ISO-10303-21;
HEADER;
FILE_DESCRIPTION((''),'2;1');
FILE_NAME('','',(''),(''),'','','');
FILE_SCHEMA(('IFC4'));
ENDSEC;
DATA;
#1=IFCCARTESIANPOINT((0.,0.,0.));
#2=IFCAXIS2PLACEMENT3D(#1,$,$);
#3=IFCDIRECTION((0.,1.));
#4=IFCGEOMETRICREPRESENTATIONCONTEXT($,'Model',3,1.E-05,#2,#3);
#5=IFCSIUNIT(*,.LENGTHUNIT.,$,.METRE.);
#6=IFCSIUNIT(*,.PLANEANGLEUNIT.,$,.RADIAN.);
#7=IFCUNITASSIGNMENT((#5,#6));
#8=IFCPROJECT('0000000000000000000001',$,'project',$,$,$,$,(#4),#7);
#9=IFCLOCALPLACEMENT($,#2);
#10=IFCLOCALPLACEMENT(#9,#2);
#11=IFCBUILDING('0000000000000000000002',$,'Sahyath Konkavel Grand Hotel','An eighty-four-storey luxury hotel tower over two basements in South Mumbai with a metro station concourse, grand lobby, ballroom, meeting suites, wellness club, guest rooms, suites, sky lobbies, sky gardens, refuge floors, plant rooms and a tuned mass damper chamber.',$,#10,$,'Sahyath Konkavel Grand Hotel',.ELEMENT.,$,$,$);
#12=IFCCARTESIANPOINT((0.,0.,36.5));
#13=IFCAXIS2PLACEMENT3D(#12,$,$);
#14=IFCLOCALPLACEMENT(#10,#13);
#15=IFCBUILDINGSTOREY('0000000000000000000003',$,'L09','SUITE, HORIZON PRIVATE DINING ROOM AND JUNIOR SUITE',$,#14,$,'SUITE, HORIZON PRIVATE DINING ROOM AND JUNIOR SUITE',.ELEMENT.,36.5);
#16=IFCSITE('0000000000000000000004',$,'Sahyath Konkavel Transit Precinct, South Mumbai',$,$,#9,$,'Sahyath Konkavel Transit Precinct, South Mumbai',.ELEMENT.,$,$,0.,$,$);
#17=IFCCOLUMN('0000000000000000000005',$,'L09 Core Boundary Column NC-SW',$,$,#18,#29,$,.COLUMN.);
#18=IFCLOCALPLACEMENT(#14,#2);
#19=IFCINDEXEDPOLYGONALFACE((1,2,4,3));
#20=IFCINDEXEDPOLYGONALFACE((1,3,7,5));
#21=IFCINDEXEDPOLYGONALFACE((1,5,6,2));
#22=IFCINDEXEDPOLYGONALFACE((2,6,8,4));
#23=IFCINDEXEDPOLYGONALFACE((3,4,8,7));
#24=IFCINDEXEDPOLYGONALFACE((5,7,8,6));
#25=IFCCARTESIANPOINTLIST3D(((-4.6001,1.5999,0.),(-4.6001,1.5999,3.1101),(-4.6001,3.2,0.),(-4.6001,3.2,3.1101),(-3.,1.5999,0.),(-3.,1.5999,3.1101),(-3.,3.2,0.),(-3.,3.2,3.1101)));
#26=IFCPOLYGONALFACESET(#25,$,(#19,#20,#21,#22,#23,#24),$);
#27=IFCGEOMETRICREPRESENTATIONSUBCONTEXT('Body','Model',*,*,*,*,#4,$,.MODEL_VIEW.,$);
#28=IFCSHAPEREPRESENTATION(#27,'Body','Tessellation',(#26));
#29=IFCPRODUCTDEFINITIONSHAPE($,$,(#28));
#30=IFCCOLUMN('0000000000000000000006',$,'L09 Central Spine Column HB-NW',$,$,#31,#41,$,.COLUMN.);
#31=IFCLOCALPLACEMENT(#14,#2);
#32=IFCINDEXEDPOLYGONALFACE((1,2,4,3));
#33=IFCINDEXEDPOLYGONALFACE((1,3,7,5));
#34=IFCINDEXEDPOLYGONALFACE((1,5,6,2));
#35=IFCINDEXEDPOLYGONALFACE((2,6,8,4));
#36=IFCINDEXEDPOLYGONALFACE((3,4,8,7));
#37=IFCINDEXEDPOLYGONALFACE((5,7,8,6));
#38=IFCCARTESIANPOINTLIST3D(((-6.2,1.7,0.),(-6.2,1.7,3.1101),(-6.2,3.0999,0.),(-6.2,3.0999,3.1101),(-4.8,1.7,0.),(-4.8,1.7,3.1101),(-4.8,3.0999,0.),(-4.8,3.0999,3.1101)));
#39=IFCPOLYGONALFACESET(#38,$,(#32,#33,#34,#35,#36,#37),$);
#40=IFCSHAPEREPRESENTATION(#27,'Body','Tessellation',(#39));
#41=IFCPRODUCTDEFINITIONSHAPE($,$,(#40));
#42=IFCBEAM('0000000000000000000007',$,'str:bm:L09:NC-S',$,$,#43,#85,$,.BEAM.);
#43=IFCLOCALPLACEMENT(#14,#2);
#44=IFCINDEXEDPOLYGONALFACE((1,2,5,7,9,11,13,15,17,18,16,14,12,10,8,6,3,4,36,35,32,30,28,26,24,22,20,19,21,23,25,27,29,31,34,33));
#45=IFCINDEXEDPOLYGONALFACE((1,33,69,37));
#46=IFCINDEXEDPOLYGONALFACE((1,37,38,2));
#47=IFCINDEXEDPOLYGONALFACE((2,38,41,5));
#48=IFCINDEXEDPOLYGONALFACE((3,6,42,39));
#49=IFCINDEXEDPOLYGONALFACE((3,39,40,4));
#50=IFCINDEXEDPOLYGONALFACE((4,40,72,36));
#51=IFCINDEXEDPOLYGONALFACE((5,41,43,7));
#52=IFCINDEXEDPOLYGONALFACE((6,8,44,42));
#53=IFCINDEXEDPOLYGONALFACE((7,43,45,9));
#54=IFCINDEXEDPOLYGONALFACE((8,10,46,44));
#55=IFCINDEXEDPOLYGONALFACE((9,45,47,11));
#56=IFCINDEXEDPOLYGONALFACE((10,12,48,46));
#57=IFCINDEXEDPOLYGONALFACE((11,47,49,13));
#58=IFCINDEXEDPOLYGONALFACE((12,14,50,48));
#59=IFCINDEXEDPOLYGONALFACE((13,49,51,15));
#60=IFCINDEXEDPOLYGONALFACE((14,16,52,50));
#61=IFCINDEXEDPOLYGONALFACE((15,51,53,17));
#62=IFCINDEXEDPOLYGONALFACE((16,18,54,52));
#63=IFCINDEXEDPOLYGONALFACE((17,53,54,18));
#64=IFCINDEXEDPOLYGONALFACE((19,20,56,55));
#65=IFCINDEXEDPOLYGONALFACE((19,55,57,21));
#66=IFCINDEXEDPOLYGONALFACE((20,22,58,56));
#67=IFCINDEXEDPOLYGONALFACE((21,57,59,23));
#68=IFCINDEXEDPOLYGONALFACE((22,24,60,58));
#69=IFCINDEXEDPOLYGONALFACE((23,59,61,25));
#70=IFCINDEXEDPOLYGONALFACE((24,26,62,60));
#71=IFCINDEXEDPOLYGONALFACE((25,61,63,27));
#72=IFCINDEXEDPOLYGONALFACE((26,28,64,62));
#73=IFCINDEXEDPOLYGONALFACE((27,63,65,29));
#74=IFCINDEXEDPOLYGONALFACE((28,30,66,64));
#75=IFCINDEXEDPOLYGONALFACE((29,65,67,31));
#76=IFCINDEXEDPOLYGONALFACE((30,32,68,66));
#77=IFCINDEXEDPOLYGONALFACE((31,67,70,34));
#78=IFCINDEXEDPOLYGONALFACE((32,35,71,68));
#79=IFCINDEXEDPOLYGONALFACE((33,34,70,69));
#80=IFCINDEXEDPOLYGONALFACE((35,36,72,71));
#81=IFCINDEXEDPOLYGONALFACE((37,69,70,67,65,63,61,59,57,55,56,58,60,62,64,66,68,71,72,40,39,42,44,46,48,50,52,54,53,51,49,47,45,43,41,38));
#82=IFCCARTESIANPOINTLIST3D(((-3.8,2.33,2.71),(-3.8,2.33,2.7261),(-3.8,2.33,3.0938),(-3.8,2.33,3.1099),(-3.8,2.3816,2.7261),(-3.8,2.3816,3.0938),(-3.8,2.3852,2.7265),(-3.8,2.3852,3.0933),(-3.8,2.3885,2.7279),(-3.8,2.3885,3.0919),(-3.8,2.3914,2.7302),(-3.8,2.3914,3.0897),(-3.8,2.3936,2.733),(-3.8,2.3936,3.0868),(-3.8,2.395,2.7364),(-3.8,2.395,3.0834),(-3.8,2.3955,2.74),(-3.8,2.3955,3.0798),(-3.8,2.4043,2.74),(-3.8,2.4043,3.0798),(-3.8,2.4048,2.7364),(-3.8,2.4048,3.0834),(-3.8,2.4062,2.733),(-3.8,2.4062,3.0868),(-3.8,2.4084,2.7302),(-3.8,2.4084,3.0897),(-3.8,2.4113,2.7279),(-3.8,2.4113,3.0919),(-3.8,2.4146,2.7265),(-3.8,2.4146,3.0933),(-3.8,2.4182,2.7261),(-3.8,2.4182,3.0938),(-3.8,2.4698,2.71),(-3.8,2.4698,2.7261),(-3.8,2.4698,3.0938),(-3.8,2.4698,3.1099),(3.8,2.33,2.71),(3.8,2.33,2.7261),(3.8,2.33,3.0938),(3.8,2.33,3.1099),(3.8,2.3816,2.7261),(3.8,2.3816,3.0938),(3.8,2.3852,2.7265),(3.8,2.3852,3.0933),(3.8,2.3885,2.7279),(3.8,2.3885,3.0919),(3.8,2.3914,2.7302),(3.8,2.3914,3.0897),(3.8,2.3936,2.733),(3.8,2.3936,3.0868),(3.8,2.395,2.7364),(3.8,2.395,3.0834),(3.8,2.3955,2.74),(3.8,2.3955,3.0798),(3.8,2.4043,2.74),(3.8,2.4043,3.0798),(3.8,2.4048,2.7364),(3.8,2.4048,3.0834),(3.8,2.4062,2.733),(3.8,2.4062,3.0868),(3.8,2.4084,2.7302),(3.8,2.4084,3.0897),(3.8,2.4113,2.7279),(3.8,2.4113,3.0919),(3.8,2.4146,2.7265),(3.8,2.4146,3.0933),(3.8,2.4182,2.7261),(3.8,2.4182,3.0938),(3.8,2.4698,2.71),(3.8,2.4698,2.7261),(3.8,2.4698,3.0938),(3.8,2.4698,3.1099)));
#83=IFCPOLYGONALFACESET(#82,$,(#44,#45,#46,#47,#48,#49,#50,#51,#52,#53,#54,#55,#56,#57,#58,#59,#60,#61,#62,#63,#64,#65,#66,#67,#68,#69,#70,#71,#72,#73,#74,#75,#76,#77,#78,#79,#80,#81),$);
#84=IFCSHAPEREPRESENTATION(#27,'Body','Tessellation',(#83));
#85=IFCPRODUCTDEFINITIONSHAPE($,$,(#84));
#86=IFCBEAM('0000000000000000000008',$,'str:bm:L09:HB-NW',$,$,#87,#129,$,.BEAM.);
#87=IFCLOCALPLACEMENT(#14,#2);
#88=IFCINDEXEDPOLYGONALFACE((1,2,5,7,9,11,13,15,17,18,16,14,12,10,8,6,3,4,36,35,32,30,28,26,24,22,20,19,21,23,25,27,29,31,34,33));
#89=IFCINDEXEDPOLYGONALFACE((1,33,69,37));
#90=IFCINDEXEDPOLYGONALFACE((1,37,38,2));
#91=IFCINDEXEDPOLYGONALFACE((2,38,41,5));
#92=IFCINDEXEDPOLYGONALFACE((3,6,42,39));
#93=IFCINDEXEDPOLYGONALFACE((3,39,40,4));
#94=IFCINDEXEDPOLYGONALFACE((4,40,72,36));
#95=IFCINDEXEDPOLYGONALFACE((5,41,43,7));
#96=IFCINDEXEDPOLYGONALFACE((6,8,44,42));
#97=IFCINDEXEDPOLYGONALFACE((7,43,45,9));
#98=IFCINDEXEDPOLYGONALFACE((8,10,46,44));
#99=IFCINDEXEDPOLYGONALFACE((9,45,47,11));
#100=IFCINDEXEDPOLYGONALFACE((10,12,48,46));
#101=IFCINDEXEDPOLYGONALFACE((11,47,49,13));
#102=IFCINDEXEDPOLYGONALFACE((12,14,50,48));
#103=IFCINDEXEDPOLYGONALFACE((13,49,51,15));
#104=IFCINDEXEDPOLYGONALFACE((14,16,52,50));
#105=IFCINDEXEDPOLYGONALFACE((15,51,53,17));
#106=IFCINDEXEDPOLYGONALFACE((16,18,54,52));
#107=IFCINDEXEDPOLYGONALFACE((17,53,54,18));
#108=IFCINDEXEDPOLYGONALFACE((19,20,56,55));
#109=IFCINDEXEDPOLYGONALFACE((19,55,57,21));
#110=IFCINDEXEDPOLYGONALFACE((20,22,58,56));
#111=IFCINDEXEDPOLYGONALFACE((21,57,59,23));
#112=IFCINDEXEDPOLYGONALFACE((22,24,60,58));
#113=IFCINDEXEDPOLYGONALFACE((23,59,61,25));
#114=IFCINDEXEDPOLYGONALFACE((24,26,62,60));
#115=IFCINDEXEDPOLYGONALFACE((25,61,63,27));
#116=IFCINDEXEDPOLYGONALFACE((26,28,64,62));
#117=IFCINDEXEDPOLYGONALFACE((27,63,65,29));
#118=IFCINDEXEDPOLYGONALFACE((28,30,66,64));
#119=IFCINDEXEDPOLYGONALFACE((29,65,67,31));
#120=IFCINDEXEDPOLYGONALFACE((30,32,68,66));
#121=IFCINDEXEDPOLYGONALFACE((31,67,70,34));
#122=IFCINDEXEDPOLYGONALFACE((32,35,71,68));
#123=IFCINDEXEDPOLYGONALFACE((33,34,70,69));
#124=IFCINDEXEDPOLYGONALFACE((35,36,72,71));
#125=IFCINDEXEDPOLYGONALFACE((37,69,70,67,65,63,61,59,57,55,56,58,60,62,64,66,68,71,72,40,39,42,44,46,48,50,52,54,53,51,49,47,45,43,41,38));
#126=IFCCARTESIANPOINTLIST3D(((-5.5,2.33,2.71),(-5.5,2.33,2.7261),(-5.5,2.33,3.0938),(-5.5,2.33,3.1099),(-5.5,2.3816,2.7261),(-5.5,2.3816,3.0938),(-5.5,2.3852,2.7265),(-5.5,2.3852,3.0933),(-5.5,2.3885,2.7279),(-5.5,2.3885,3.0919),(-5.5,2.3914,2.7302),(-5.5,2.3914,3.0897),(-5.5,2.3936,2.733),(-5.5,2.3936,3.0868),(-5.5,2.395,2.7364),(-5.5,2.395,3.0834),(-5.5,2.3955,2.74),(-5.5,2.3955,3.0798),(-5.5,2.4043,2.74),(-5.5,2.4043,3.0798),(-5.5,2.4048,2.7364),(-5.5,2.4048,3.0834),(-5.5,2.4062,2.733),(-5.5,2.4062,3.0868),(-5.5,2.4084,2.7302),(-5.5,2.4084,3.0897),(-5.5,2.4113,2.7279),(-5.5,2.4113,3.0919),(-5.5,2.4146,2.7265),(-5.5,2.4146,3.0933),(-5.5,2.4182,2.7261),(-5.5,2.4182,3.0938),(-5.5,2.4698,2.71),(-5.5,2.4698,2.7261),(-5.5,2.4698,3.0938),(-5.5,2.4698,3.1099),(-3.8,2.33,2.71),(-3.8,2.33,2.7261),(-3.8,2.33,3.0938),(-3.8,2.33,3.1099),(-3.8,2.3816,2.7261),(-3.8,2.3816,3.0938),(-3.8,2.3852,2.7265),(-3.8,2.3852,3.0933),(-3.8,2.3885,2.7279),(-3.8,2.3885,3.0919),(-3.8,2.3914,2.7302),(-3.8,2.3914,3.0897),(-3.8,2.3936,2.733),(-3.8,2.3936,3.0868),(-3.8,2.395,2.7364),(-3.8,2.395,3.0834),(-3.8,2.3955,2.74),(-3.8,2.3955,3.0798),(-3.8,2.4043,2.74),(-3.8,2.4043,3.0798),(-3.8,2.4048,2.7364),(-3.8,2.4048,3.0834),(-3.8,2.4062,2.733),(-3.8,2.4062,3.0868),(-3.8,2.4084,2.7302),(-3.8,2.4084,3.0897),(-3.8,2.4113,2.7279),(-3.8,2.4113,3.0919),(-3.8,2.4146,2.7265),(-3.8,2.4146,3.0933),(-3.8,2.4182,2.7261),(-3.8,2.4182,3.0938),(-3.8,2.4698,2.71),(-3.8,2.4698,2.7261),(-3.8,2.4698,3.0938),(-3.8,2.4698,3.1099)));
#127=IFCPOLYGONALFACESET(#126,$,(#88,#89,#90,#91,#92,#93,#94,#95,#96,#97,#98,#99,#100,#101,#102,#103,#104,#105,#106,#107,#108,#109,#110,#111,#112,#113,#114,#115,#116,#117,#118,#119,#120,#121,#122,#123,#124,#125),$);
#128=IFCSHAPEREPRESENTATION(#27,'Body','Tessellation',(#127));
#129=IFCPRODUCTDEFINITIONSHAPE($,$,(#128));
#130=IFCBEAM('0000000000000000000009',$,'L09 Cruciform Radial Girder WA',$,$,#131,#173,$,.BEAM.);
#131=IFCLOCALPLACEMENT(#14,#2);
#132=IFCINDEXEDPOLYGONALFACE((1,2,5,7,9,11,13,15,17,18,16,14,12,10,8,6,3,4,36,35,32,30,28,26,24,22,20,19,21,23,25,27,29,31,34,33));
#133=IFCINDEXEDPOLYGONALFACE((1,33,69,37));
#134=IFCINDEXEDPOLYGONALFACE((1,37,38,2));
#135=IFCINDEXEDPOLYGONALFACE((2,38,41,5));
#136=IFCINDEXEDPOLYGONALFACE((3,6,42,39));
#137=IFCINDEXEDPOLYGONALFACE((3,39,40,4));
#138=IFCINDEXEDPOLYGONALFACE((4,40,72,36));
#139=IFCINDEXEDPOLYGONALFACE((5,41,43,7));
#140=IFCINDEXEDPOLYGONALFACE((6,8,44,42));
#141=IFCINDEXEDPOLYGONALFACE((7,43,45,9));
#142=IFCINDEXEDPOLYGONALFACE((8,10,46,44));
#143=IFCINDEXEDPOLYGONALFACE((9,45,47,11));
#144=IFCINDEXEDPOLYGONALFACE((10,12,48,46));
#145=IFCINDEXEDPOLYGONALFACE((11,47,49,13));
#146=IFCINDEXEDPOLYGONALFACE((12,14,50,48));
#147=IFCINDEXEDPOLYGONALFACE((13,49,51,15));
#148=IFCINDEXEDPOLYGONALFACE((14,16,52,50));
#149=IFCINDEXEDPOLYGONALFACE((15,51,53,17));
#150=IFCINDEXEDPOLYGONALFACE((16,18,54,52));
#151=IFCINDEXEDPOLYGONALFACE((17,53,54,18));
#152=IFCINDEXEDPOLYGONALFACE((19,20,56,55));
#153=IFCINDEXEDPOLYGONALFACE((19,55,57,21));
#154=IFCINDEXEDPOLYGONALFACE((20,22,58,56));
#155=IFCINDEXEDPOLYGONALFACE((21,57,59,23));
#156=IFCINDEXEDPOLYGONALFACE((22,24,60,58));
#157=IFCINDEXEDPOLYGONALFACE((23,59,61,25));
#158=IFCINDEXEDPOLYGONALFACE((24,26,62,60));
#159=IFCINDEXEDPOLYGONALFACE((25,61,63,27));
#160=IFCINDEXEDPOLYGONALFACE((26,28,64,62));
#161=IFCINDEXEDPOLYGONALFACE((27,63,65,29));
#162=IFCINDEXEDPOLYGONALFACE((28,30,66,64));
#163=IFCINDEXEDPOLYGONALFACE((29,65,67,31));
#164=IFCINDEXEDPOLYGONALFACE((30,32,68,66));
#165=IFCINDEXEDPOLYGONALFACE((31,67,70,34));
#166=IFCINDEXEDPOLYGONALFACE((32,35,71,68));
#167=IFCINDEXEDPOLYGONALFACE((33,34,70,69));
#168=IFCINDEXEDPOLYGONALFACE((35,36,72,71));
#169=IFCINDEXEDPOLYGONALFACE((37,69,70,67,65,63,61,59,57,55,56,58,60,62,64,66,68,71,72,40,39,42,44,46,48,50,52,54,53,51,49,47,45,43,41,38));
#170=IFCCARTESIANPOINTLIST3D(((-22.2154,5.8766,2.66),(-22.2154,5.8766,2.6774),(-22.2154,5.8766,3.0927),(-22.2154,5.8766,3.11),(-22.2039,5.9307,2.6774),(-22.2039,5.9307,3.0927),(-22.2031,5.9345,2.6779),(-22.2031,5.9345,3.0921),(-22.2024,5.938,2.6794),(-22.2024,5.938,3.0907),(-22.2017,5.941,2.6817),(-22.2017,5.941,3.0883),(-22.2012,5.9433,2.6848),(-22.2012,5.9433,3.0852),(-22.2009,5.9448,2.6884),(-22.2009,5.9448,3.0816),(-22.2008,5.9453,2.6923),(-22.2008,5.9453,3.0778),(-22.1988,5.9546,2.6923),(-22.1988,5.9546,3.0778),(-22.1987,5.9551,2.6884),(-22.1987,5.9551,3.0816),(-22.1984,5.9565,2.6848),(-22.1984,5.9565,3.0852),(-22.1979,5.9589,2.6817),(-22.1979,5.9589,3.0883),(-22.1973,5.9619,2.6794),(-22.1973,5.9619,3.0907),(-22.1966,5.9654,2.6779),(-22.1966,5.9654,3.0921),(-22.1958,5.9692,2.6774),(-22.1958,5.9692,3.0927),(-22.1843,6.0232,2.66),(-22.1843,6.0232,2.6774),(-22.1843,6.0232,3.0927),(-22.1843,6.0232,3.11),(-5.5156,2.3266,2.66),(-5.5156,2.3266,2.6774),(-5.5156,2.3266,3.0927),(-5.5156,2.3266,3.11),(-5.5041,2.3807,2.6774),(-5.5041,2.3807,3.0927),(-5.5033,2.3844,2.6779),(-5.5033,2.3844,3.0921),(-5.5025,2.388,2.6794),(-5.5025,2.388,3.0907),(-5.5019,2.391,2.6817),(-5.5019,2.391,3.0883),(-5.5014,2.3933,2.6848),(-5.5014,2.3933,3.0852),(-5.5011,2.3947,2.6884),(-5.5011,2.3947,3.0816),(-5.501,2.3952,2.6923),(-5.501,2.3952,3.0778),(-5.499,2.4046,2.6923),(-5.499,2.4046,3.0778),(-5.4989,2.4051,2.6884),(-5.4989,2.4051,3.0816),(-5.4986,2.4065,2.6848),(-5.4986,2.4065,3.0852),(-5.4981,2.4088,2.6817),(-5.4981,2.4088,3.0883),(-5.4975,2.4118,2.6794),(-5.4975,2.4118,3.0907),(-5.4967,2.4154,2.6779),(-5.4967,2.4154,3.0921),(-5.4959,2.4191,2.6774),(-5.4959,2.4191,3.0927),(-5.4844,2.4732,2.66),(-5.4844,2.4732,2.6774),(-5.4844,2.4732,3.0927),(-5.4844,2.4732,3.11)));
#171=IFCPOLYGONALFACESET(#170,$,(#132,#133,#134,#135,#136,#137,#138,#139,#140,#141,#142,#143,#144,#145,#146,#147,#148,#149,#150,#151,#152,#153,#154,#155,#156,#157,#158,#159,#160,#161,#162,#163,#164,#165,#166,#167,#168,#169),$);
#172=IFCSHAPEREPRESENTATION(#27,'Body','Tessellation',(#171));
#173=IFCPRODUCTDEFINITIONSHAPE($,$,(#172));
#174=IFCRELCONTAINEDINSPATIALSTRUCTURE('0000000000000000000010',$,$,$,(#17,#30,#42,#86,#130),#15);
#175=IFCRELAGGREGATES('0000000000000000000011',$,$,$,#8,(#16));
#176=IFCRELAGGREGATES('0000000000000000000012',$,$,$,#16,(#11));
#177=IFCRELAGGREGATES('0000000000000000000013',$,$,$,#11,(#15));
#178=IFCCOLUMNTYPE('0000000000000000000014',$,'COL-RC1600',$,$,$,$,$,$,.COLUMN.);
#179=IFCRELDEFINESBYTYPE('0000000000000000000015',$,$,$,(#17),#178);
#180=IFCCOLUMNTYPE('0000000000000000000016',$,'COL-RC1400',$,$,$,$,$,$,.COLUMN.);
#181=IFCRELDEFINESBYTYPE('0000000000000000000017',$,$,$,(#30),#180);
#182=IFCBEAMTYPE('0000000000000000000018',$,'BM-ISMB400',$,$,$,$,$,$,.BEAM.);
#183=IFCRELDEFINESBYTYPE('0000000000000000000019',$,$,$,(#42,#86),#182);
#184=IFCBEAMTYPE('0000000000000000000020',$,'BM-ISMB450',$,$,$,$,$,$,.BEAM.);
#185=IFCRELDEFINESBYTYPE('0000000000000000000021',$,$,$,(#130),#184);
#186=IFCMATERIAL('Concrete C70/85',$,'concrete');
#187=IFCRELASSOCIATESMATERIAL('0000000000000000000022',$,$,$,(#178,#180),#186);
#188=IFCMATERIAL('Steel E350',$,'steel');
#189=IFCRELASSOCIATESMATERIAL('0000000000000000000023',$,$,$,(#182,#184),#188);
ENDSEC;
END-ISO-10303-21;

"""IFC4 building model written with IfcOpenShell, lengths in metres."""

from ifc_helpers import new_model, si_unit, direction, frame, origin, origin_2d, place, context, subcontext, project, spatial, rectangle, i_section, extrude, source, transform, mapped, material, material_profile, profile_set, type_object, element, save


model = new_model("IFC4")

# Units and contexts
model_context = context("Model", 3, precision=1e-05, world=origin(), true_north=direction((0.0, 1.0)))
body_context = subcontext(model_context, "Body", "Model", "MODEL_VIEW")
ifc_project = project(units=[si_unit("LENGTHUNIT", "METRE"), si_unit("PLANEANGLEUNIT", "RADIAN")], contexts=[model_context])

# Site, building, storey
site_placement = place(None, origin())
site = spatial("IfcSite", under=ifc_project, at=site_placement, Name="Sahyath Konkavel Transit Precinct, South Mumbai", LongName="Sahyath Konkavel Transit Precinct, South Mumbai", CompositionType="ELEMENT", RefElevation=0.0)
building_placement = place(site_placement, origin())
building = spatial("IfcBuilding", under=site, at=building_placement, Name="Sahyath Konkavel Grand Hotel", Description="An eighty-four-storey luxury hotel tower over two basements in South Mumbai with a metro station concourse, grand lobby, ballroom, meeting suites, wellness club, guest rooms, suites, sky lobbies, sky gardens, refuge floors, plant rooms and a tuned mass damper chamber.", LongName="Sahyath Konkavel Grand Hotel", CompositionType="ELEMENT")
storey_placement = place(building_placement, frame((0.0, 0.0, 36.5)))
storey = spatial("IfcBuildingStorey", under=building, at=storey_placement, Name="L09", Description="SUITE, HORIZON PRIVATE DINING ROOM AND JUNIOR SUITE", LongName="SUITE, HORIZON PRIVATE DINING ROOM AND JUNIOR SUITE", CompositionType="ELEMENT", Elevation=36.5)

# Columns
ifc_material_1 = material(Name="Concrete C70/85", Category="concrete")
ifc_material_profile_1 = material_profile(ifc_material_1, rectangle(XDim=1.6001, YDim=1.6001, at=origin_2d()), Name="RC 1600x1600")
ifc_profile_set_1 = profile_set([ifc_material_profile_1], Name="Concrete C70/85")
column_type_1 = type_object("IfcColumnType", Name="COL-RC1600", PredefinedType="COLUMN", material=ifc_profile_set_1)
shared_shape_1 = source(origin(), body_context, "Body", "SweptSolid", [
    extrude(rectangle(XDim=1.6001, YDim=1.6001, at=origin_2d()), origin(), (0.0, 0.0, 1.0), 3.1101),
])
column_1_placement = place(storey_placement, frame((-3.8, 2.3999, 0.0), z_axis=(0.0, 0.0, 1.0), x_axis=(1.0, 0.0, 0.0)))
element("IfcColumn", 1, at=column_1_placement, inside=storey, type_object=column_type_1, Name="L09 Core Boundary Column NC-SW", PredefinedType="COLUMN", context=body_context, shape_type="MappedRepresentation", body=[
    mapped(shared_shape_1, transform((0.0, 0.0, 0.0), scale=1.0)),
])
ifc_material_profile_2 = material_profile(ifc_material_1, rectangle(XDim=1.3999, YDim=1.3999, at=origin_2d()), Name="RC 1400x1400")
ifc_profile_set_2 = profile_set([ifc_material_profile_2], Name="Concrete C70/85")
column_type_2 = type_object("IfcColumnType", Name="COL-RC1400", PredefinedType="COLUMN", material=ifc_profile_set_2)
shared_shape_2 = source(origin(), body_context, "Body", "SweptSolid", [
    extrude(rectangle(XDim=1.3999, YDim=1.3999, at=origin_2d()), origin(), (0.0, 0.0, 1.0), 3.1101),
])
column_2_placement = place(storey_placement, frame((-5.5, 2.3999, 0.0), z_axis=(0.0, 0.0, 1.0), x_axis=(1.0, 0.0, 0.0)))
element("IfcColumn", 2, at=column_2_placement, inside=storey, type_object=column_type_2, Name="L09 Central Spine Column HB-NW", PredefinedType="COLUMN", context=body_context, shape_type="MappedRepresentation", body=[
    mapped(shared_shape_2, transform((0.0, 0.0, 0.0), scale=1.0)),
])

# Beams
ifc_material_2 = material(Name="Steel E350", Category="steel")
ifc_material_profile_3 = material_profile(ifc_material_2, i_section(OverallWidth=0.1399, OverallDepth=0.3999, WebThickness=0.0088, FlangeThickness=0.0161, FilletRadius=0.0139, at=origin_2d()), Name="ISMB 400")
ifc_profile_set_3 = profile_set([ifc_material_profile_3], Name="Steel E350")
beam_type_1 = type_object("IfcBeamType", Name="BM-ISMB400", PredefinedType="BEAM", material=ifc_profile_set_3)
shared_shape_3 = source(origin(), body_context, "Body", "SweptSolid", [
    extrude(i_section(OverallWidth=0.1399, OverallDepth=0.3999, WebThickness=0.0088, FlangeThickness=0.0161, FilletRadius=0.0139, at=origin_2d()), origin(), (0.0, 0.0, 1.0), 7.6001),
])
beam_1_placement = place(storey_placement, frame((-3.8, 2.3999, 2.9099), z_axis=(1.0, 0.0, 0.0), x_axis=(0.0, 1.0, 0.0)))
element("IfcBeam", 3, at=beam_1_placement, inside=storey, type_object=beam_type_1, Name="str:bm:L09:NC-S", PredefinedType="BEAM", context=body_context, shape_type="MappedRepresentation", body=[
    mapped(shared_shape_3, transform((0.0, 0.0, 0.0), scale=1.0)),
])
shared_shape_4 = source(origin(), body_context, "Body", "SweptSolid", [
    extrude(i_section(OverallWidth=0.1399, OverallDepth=0.3999, WebThickness=0.0088, FlangeThickness=0.0161, FilletRadius=0.0139, at=origin_2d()), origin(), (0.0, 0.0, 1.0), 1.7),
])
beam_2_placement = place(storey_placement, frame((-5.5, 2.3999, 2.9099), z_axis=(1.0, 0.0, 0.0), x_axis=(0.0, 1.0, 0.0)))
element("IfcBeam", 4, at=beam_2_placement, inside=storey, type_object=beam_type_1, Name="str:bm:L09:HB-NW", PredefinedType="BEAM", context=body_context, shape_type="MappedRepresentation", body=[
    mapped(shared_shape_4, transform((0.0, 0.0, 0.0), scale=1.0)),
])
ifc_material_profile_4 = material_profile(ifc_material_2, i_section(OverallWidth=0.1499, OverallDepth=0.45, WebThickness=0.0095, FlangeThickness=0.0173, FilletRadius=0.0149, at=origin_2d()), Name="ISMB 450")
ifc_profile_set_4 = profile_set([ifc_material_profile_4], Name="Steel E350")
beam_type_2 = type_object("IfcBeamType", Name="BM-ISMB450", PredefinedType="BEAM", material=ifc_profile_set_4)
shared_shape_5 = source(origin(), body_context, "Body", "SweptSolid", [
    extrude(i_section(OverallWidth=0.1499, OverallDepth=0.45, WebThickness=0.0095, FlangeThickness=0.0173, FilletRadius=0.0149, at=origin_2d()), origin(), (0.0, 0.0, 1.0), 17.073),
])
beam_3_placement = place(storey_placement, frame((-5.5, 2.3999, 2.885), z_axis=(-0.978143, 0.207932, 0.0), x_axis=(-0.207932, -0.978143, 0.0)))
element("IfcBeam", 5, at=beam_3_placement, inside=storey, type_object=beam_type_2, Name="L09 Cruciform Radial Girder WA", PredefinedType="BEAM", context=body_context, shape_type="MappedRepresentation", body=[
    mapped(shared_shape_5, transform((0.0, 0.0, 0.0), scale=1.0)),
])

save(model, "model.ifc")
